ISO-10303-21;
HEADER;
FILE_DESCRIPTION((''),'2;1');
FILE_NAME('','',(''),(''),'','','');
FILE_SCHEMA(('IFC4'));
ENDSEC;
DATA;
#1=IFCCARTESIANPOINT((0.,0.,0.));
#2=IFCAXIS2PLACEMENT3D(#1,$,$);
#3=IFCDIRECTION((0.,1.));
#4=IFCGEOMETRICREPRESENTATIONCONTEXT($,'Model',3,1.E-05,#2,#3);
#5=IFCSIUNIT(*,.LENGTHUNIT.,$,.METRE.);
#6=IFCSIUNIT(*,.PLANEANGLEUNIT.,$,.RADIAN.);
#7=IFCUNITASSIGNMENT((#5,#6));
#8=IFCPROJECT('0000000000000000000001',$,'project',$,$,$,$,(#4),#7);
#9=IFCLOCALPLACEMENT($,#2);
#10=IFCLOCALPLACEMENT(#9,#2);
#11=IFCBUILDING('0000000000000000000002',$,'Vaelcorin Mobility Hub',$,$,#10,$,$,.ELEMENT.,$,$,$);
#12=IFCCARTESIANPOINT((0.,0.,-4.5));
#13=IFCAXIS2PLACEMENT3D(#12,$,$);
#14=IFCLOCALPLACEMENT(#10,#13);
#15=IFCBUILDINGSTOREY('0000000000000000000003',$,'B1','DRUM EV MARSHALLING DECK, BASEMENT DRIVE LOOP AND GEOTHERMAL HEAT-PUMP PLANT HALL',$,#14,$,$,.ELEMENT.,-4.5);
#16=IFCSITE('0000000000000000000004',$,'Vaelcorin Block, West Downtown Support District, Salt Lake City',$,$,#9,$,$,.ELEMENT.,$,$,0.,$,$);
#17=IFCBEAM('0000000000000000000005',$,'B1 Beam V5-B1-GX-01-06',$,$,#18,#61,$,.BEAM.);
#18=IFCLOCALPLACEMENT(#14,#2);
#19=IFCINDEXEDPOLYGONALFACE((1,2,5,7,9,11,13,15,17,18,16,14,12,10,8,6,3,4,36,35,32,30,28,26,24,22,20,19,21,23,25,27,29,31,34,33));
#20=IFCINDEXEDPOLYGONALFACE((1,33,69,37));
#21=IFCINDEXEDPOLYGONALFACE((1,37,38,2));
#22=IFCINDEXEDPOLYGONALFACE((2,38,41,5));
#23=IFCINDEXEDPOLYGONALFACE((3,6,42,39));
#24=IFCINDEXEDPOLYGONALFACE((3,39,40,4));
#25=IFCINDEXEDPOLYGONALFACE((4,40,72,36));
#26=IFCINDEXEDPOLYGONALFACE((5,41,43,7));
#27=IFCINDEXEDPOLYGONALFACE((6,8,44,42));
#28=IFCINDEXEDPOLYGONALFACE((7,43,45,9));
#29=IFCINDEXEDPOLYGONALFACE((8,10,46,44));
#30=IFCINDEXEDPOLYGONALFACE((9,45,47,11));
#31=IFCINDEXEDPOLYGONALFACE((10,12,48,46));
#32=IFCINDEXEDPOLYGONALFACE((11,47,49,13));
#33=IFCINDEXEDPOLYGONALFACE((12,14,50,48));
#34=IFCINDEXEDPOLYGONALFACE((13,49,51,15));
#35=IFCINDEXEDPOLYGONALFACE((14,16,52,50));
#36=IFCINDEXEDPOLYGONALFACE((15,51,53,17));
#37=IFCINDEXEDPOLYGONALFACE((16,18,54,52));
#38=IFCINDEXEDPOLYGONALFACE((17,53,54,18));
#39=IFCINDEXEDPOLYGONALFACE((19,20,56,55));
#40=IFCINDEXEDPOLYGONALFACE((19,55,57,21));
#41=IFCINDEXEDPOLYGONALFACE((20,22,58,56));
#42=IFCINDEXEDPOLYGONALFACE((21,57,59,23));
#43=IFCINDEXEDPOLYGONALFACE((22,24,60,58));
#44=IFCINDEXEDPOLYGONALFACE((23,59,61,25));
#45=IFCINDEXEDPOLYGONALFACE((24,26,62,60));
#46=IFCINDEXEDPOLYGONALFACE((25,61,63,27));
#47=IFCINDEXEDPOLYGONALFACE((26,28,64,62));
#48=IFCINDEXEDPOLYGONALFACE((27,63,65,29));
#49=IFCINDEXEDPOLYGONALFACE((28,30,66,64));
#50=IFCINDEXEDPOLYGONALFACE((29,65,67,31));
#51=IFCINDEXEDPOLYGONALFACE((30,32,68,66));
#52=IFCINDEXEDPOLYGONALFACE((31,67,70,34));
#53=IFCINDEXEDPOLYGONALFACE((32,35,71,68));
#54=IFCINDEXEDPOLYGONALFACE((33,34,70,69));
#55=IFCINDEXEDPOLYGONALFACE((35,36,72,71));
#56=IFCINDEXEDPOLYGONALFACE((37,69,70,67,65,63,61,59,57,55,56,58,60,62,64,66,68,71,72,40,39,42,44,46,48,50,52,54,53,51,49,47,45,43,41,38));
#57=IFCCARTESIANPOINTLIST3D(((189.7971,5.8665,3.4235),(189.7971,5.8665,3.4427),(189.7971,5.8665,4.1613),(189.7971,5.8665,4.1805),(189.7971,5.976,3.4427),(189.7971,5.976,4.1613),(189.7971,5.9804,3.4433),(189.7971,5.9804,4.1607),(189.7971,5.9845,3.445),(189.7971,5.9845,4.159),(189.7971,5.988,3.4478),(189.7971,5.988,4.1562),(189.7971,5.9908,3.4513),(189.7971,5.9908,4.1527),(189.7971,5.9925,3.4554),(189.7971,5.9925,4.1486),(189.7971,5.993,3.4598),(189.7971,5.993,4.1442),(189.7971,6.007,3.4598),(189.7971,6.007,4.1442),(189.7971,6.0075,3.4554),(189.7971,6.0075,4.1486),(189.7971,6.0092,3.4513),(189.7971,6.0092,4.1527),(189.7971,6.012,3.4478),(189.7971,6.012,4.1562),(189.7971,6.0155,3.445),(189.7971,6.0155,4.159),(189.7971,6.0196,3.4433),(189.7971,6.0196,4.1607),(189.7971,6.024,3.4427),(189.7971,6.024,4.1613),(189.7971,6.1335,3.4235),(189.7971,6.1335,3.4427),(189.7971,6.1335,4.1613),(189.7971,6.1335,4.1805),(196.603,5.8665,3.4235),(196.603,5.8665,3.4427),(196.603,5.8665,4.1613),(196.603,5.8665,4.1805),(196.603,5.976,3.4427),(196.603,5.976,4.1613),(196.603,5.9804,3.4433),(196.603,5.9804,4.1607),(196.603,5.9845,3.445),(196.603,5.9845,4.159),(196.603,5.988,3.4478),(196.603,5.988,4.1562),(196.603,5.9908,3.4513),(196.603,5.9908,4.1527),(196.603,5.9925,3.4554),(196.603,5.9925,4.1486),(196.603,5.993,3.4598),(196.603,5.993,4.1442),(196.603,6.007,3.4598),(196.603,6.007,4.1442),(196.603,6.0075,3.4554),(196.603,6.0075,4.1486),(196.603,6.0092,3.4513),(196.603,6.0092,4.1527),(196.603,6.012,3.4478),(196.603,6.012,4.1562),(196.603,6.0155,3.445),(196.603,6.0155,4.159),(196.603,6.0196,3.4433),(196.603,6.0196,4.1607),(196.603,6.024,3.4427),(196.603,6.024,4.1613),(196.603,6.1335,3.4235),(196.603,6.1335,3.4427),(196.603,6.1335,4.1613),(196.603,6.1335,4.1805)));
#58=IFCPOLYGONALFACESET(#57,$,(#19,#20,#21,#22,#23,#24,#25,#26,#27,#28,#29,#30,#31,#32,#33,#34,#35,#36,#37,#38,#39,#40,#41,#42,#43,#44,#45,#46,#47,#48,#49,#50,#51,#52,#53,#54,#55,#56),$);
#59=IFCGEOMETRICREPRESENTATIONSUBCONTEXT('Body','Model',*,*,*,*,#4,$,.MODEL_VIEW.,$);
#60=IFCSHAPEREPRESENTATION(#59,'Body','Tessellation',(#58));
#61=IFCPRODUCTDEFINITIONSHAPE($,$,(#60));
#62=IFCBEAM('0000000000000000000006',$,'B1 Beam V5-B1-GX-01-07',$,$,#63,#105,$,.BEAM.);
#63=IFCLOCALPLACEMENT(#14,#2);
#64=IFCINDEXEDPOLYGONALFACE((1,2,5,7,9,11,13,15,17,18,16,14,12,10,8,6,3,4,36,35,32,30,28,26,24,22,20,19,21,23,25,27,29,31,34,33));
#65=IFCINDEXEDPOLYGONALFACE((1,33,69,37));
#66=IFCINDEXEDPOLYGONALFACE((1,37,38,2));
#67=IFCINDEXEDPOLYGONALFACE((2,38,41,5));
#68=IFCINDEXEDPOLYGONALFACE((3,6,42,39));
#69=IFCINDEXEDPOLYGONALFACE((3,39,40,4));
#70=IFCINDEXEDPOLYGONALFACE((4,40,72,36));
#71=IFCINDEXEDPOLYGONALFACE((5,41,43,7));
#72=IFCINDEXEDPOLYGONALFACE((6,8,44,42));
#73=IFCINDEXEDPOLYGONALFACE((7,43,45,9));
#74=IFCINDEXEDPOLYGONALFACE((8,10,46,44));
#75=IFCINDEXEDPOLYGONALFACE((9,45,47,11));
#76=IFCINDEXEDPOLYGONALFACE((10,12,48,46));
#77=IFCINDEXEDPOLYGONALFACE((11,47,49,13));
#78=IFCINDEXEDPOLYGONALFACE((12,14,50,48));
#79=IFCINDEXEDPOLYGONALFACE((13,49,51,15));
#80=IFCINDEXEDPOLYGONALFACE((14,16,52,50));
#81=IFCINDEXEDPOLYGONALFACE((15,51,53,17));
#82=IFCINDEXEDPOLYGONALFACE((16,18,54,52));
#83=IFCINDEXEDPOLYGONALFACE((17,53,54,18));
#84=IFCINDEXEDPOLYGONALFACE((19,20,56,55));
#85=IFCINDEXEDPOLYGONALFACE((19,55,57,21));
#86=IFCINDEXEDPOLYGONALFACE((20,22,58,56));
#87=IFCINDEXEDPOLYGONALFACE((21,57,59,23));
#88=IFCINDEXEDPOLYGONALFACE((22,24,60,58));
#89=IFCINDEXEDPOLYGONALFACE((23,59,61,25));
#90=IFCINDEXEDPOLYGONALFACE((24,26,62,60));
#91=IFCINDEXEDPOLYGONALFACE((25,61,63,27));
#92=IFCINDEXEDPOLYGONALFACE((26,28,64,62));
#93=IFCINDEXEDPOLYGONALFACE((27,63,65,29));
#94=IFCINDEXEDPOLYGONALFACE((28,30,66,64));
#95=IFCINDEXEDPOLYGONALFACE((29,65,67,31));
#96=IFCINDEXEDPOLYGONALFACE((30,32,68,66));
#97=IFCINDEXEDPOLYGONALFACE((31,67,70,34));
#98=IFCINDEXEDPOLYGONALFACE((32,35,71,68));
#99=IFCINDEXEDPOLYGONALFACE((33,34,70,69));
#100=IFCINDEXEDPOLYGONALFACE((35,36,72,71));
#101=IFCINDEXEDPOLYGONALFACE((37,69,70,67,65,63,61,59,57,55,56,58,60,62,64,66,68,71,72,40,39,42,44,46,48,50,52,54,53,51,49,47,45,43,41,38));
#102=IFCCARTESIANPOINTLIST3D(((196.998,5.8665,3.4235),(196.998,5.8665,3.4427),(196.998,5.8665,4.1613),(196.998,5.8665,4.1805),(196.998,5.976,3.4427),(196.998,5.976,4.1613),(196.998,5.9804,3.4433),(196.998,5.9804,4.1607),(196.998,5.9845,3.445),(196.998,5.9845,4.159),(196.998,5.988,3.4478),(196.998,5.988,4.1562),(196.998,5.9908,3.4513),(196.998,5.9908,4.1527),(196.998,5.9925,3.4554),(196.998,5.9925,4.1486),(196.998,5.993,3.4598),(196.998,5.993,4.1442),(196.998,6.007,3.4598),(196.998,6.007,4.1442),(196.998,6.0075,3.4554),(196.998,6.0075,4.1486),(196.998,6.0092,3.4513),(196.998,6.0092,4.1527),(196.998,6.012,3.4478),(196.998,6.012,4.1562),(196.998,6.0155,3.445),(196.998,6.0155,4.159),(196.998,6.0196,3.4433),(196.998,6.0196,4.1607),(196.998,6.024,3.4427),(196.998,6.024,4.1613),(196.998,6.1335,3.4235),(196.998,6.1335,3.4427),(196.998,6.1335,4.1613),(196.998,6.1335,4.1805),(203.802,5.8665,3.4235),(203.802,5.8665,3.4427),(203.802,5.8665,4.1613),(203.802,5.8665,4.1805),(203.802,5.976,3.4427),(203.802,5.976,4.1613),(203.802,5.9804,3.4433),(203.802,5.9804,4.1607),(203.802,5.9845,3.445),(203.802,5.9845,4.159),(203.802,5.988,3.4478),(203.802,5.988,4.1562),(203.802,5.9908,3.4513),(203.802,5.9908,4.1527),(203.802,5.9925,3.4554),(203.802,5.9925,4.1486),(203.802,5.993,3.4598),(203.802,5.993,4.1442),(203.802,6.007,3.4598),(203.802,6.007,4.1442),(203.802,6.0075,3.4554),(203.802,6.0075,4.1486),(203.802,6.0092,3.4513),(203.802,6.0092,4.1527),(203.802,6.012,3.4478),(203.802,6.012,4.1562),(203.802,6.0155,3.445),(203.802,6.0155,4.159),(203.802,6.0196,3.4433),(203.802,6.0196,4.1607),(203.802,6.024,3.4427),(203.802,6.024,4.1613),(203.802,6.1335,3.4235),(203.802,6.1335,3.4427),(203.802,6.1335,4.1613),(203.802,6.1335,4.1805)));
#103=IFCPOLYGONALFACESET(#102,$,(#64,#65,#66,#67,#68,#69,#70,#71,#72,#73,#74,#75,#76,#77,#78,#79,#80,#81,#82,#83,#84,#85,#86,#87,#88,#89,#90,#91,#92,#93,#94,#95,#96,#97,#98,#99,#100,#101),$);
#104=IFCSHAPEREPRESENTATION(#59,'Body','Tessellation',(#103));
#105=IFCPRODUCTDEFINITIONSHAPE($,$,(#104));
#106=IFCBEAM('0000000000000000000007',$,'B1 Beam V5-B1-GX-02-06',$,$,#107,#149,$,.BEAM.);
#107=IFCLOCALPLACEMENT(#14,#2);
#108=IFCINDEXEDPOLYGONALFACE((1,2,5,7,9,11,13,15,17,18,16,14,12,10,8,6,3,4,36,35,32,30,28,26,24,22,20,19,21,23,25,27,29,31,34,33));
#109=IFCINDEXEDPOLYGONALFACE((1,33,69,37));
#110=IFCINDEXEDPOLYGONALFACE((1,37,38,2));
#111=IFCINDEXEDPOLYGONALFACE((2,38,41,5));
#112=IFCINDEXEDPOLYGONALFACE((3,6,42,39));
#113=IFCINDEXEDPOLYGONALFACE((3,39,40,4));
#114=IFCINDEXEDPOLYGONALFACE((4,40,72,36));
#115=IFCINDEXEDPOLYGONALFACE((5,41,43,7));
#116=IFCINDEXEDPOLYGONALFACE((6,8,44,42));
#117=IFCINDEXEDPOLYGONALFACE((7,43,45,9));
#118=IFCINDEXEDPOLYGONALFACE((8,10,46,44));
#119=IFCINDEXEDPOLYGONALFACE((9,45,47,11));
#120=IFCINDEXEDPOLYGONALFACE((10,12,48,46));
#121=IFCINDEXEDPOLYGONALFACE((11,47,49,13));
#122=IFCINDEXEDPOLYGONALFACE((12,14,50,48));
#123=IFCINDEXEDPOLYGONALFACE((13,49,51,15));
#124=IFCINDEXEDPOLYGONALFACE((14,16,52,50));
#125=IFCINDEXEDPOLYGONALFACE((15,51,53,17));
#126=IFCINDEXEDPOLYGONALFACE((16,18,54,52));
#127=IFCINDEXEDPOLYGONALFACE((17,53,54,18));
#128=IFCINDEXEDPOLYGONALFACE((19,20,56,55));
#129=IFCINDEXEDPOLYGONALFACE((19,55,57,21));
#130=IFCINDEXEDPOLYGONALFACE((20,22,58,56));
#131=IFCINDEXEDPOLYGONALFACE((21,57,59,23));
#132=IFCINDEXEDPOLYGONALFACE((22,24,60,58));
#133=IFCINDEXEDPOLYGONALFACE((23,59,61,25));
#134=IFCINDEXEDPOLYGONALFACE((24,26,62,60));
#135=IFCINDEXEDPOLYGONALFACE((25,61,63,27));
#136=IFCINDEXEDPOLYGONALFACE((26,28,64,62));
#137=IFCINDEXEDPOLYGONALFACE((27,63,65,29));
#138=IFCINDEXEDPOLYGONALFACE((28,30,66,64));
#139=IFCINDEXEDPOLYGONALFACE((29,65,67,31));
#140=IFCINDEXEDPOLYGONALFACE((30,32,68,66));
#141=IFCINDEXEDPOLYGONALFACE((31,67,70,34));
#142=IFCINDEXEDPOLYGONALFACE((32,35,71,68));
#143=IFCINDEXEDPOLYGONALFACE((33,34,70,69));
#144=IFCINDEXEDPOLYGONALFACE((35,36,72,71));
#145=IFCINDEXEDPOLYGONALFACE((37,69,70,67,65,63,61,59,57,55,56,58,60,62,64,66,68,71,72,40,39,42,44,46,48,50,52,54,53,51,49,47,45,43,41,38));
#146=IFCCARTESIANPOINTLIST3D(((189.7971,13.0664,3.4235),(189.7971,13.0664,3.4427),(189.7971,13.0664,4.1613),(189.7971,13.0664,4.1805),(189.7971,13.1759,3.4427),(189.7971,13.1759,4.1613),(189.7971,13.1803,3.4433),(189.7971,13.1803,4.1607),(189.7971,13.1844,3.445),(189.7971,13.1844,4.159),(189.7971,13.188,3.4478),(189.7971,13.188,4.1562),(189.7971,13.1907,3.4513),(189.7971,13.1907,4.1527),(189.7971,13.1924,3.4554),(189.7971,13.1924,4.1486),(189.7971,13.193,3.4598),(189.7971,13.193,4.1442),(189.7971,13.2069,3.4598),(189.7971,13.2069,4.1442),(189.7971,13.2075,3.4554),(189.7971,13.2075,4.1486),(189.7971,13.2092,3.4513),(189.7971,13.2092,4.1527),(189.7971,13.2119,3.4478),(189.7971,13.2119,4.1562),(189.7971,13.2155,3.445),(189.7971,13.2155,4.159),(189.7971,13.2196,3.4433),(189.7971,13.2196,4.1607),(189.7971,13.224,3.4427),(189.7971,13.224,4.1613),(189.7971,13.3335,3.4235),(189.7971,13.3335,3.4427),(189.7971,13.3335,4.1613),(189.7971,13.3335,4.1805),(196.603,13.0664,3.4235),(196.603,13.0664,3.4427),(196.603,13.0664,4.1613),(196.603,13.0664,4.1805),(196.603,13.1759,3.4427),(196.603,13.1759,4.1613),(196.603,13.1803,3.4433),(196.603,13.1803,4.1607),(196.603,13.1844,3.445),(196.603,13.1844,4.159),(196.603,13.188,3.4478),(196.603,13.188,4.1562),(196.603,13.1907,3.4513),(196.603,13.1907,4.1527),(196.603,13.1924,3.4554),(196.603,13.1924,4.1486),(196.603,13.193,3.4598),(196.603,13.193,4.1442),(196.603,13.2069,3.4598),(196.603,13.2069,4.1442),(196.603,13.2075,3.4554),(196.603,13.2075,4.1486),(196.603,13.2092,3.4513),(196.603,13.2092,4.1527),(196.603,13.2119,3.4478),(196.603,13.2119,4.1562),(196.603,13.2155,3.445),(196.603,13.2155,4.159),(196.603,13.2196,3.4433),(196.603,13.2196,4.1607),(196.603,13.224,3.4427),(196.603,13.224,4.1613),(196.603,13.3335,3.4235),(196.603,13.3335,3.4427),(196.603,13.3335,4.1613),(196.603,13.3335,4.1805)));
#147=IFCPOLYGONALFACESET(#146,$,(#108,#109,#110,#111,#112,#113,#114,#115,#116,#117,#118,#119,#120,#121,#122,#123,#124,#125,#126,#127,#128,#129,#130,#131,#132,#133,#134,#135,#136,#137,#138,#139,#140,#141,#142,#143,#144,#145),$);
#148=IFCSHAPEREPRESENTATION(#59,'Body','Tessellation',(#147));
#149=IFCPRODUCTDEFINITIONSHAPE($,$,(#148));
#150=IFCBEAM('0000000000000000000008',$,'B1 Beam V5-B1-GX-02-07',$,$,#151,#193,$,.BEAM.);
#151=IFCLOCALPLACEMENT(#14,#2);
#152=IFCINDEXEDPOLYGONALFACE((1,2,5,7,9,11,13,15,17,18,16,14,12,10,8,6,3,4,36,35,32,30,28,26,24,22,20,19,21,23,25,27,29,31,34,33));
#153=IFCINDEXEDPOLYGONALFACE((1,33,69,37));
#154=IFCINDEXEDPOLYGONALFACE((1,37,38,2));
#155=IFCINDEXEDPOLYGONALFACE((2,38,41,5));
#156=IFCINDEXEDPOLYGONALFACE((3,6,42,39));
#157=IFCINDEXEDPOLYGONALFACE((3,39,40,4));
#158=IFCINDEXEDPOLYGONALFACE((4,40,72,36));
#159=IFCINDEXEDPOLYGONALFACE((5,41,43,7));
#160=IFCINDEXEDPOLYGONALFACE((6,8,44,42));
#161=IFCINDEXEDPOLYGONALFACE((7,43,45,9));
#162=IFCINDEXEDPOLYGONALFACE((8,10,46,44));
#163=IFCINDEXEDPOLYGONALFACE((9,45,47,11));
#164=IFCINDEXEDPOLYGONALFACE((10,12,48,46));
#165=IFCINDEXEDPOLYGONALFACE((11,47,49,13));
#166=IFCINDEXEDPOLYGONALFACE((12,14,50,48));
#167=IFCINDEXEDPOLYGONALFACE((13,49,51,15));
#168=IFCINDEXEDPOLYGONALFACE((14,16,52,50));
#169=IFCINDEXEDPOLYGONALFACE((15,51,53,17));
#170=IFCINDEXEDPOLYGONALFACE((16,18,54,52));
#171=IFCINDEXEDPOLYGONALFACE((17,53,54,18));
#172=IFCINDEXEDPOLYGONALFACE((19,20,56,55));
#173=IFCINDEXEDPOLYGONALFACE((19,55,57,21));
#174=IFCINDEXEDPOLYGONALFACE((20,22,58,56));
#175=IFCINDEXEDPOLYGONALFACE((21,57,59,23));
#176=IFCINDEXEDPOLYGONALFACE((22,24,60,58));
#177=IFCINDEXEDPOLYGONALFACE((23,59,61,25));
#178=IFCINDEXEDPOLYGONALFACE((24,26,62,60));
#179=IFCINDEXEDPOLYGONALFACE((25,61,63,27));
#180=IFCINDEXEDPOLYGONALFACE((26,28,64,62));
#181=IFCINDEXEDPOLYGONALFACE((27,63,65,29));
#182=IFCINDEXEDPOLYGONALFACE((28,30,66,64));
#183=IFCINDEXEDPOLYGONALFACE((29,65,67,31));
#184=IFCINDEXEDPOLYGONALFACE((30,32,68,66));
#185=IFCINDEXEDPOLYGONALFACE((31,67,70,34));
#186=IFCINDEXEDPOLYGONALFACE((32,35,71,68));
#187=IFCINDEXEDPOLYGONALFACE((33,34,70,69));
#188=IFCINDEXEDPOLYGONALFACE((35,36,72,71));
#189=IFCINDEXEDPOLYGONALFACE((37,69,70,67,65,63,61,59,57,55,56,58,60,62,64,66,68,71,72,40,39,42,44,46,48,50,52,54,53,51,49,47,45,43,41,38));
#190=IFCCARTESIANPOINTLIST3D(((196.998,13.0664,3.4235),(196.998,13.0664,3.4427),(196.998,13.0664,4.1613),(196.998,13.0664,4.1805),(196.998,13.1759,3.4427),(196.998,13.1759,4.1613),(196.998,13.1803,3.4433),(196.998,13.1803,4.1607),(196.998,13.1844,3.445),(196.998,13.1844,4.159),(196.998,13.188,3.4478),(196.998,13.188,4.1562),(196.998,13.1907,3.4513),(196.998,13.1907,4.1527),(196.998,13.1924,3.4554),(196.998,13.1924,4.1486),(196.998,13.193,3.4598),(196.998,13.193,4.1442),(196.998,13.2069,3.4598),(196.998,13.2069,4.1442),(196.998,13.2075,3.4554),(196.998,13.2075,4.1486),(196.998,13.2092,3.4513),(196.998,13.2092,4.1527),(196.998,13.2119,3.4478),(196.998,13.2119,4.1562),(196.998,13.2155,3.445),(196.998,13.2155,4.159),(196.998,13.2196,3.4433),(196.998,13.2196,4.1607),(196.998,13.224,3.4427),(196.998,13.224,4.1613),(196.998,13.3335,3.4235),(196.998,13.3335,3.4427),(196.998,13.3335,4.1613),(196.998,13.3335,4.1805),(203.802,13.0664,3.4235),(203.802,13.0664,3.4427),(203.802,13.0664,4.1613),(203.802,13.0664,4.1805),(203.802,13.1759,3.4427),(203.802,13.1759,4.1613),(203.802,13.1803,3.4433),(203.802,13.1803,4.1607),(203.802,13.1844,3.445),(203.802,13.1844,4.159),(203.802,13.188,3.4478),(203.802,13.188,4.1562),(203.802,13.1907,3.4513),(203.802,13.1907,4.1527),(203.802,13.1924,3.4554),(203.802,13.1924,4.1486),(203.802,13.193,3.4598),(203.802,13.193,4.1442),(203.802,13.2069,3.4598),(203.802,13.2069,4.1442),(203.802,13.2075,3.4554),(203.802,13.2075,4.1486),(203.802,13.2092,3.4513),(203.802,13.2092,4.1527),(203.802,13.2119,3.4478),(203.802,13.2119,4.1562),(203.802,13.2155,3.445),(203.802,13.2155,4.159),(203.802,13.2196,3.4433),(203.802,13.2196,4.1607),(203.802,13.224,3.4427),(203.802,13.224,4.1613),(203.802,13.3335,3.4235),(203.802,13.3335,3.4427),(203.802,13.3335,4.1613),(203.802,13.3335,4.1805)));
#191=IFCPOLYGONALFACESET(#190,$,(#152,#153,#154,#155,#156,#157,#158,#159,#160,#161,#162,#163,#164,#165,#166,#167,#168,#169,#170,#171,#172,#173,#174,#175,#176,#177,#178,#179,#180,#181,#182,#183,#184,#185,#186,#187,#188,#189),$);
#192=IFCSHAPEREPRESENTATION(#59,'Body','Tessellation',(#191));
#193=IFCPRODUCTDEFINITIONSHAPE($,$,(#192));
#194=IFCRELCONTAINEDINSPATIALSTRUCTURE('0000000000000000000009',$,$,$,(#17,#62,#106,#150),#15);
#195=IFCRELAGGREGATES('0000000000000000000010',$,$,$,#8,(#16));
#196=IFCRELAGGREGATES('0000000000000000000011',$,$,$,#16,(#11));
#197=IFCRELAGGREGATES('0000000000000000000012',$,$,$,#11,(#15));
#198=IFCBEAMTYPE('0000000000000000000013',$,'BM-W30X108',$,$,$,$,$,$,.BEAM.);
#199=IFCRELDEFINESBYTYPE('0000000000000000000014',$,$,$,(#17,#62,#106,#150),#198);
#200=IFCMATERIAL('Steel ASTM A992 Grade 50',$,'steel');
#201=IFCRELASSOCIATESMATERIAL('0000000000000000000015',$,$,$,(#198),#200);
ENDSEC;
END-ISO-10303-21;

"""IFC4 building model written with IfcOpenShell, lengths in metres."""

from ifc_helpers import new_model, si_unit, direction, frame, origin, origin_2d, place, context, subcontext, project, spatial, i_section, extrude, material, material_profile, profile_set, type_object, element, save


model = new_model("IFC4")

# Units and contexts
model_context = context("Model", 3, precision=1e-05, world=origin(), true_north=direction((0.0, 1.0)))
body_context = subcontext(model_context, "Body", "Model", "MODEL_VIEW")
ifc_project = project(units=[si_unit("LENGTHUNIT", "METRE"), si_unit("PLANEANGLEUNIT", "RADIAN")], contexts=[model_context])

# Site, building, storey
site_placement = place(None, origin())
site = spatial("IfcSite", under=ifc_project, at=site_placement, Name="Vaelcorin Block, West Downtown Support District, Salt Lake City", CompositionType="ELEMENT", RefElevation=0.0)
building_placement = place(site_placement, origin())
building = spatial("IfcBuilding", under=site, at=building_placement, Name="Vaelcorin Mobility Hub", CompositionType="ELEMENT")
storey_placement = place(building_placement, frame((0.0, 0.0, -4.5)))
storey = spatial("IfcBuildingStorey", under=building, at=storey_placement, Name="B1", Description="DRUM EV MARSHALLING DECK, BASEMENT DRIVE LOOP AND GEOTHERMAL HEAT-PUMP PLANT HALL", CompositionType="ELEMENT", Elevation=-4.5)

# Shared definitions
ifc_material_1 = material(Name="Steel ASTM A992 Grade 50", Category="steel")

# Beams
ifc_material_profile_1 = material_profile(ifc_material_1, i_section(OverallWidth=0.2671, OverallDepth=0.7571, WebThickness=0.0139, FlangeThickness=0.0193, FilletRadius=0.0171, at=origin_2d()), Name="W30X108")
ifc_profile_set_1 = profile_set([ifc_material_profile_1], Name="Steel ASTM A992 Grade 50")
beam_type_1 = type_object("IfcBeamType", Name="BM-W30X108", PredefinedType="BEAM", material=ifc_profile_set_1)
beam_1_placement = place(storey_placement, frame((189.7971, 6.0, 3.802), z_axis=(1.0, 0.0, 0.0), x_axis=(0.0, 1.0, 0.0)))
element("IfcBeam", 1, at=beam_1_placement, inside=storey, type_object=beam_type_1, Name="B1 Beam V5-B1-GX-01-06", PredefinedType="BEAM", context=body_context, shape_type="SweptSolid", body=[
    extrude(i_section(OverallWidth=0.2671, OverallDepth=0.7571, WebThickness=0.0139, FlangeThickness=0.0193, FilletRadius=0.0171, at=origin_2d()), origin(), (0.0, 0.0, 1.0), 6.8059),
])
beam_2_placement = place(storey_placement, frame((196.998, 6.0, 3.802), z_axis=(1.0, 0.0, 0.0), x_axis=(0.0, 1.0, 0.0)))
element("IfcBeam", 2, at=beam_2_placement, inside=storey, type_object=beam_type_1, Name="B1 Beam V5-B1-GX-01-07", PredefinedType="BEAM", context=body_context, shape_type="SweptSolid", body=[
    extrude(i_section(OverallWidth=0.2671, OverallDepth=0.7571, WebThickness=0.0139, FlangeThickness=0.0193, FilletRadius=0.0171, at=origin_2d()), origin(), (0.0, 0.0, 1.0), 6.804),
])
beam_3_placement = place(storey_placement, frame((189.7971, 13.2, 3.802), z_axis=(1.0, 0.0, 0.0), x_axis=(0.0, 1.0, 0.0)))
element("IfcBeam", 3, at=beam_3_placement, inside=storey, type_object=beam_type_1, Name="B1 Beam V5-B1-GX-02-06", PredefinedType="BEAM", context=body_context, shape_type="SweptSolid", body=[
    extrude(i_section(OverallWidth=0.2671, OverallDepth=0.7571, WebThickness=0.0139, FlangeThickness=0.0193, FilletRadius=0.0171, at=origin_2d()), origin(), (0.0, 0.0, 1.0), 6.8059),
])
beam_4_placement = place(storey_placement, frame((196.998, 13.2, 3.802), z_axis=(1.0, 0.0, 0.0), x_axis=(0.0, 1.0, 0.0)))
element("IfcBeam", 4, at=beam_4_placement, inside=storey, type_object=beam_type_1, Name="B1 Beam V5-B1-GX-02-07", PredefinedType="BEAM", context=body_context, shape_type="SweptSolid", body=[
    extrude(i_section(OverallWidth=0.2671, OverallDepth=0.7571, WebThickness=0.0139, FlangeThickness=0.0193, FilletRadius=0.0171, at=origin_2d()), origin(), (0.0, 0.0, 1.0), 6.804),
])

save(model, "model.ifc")
